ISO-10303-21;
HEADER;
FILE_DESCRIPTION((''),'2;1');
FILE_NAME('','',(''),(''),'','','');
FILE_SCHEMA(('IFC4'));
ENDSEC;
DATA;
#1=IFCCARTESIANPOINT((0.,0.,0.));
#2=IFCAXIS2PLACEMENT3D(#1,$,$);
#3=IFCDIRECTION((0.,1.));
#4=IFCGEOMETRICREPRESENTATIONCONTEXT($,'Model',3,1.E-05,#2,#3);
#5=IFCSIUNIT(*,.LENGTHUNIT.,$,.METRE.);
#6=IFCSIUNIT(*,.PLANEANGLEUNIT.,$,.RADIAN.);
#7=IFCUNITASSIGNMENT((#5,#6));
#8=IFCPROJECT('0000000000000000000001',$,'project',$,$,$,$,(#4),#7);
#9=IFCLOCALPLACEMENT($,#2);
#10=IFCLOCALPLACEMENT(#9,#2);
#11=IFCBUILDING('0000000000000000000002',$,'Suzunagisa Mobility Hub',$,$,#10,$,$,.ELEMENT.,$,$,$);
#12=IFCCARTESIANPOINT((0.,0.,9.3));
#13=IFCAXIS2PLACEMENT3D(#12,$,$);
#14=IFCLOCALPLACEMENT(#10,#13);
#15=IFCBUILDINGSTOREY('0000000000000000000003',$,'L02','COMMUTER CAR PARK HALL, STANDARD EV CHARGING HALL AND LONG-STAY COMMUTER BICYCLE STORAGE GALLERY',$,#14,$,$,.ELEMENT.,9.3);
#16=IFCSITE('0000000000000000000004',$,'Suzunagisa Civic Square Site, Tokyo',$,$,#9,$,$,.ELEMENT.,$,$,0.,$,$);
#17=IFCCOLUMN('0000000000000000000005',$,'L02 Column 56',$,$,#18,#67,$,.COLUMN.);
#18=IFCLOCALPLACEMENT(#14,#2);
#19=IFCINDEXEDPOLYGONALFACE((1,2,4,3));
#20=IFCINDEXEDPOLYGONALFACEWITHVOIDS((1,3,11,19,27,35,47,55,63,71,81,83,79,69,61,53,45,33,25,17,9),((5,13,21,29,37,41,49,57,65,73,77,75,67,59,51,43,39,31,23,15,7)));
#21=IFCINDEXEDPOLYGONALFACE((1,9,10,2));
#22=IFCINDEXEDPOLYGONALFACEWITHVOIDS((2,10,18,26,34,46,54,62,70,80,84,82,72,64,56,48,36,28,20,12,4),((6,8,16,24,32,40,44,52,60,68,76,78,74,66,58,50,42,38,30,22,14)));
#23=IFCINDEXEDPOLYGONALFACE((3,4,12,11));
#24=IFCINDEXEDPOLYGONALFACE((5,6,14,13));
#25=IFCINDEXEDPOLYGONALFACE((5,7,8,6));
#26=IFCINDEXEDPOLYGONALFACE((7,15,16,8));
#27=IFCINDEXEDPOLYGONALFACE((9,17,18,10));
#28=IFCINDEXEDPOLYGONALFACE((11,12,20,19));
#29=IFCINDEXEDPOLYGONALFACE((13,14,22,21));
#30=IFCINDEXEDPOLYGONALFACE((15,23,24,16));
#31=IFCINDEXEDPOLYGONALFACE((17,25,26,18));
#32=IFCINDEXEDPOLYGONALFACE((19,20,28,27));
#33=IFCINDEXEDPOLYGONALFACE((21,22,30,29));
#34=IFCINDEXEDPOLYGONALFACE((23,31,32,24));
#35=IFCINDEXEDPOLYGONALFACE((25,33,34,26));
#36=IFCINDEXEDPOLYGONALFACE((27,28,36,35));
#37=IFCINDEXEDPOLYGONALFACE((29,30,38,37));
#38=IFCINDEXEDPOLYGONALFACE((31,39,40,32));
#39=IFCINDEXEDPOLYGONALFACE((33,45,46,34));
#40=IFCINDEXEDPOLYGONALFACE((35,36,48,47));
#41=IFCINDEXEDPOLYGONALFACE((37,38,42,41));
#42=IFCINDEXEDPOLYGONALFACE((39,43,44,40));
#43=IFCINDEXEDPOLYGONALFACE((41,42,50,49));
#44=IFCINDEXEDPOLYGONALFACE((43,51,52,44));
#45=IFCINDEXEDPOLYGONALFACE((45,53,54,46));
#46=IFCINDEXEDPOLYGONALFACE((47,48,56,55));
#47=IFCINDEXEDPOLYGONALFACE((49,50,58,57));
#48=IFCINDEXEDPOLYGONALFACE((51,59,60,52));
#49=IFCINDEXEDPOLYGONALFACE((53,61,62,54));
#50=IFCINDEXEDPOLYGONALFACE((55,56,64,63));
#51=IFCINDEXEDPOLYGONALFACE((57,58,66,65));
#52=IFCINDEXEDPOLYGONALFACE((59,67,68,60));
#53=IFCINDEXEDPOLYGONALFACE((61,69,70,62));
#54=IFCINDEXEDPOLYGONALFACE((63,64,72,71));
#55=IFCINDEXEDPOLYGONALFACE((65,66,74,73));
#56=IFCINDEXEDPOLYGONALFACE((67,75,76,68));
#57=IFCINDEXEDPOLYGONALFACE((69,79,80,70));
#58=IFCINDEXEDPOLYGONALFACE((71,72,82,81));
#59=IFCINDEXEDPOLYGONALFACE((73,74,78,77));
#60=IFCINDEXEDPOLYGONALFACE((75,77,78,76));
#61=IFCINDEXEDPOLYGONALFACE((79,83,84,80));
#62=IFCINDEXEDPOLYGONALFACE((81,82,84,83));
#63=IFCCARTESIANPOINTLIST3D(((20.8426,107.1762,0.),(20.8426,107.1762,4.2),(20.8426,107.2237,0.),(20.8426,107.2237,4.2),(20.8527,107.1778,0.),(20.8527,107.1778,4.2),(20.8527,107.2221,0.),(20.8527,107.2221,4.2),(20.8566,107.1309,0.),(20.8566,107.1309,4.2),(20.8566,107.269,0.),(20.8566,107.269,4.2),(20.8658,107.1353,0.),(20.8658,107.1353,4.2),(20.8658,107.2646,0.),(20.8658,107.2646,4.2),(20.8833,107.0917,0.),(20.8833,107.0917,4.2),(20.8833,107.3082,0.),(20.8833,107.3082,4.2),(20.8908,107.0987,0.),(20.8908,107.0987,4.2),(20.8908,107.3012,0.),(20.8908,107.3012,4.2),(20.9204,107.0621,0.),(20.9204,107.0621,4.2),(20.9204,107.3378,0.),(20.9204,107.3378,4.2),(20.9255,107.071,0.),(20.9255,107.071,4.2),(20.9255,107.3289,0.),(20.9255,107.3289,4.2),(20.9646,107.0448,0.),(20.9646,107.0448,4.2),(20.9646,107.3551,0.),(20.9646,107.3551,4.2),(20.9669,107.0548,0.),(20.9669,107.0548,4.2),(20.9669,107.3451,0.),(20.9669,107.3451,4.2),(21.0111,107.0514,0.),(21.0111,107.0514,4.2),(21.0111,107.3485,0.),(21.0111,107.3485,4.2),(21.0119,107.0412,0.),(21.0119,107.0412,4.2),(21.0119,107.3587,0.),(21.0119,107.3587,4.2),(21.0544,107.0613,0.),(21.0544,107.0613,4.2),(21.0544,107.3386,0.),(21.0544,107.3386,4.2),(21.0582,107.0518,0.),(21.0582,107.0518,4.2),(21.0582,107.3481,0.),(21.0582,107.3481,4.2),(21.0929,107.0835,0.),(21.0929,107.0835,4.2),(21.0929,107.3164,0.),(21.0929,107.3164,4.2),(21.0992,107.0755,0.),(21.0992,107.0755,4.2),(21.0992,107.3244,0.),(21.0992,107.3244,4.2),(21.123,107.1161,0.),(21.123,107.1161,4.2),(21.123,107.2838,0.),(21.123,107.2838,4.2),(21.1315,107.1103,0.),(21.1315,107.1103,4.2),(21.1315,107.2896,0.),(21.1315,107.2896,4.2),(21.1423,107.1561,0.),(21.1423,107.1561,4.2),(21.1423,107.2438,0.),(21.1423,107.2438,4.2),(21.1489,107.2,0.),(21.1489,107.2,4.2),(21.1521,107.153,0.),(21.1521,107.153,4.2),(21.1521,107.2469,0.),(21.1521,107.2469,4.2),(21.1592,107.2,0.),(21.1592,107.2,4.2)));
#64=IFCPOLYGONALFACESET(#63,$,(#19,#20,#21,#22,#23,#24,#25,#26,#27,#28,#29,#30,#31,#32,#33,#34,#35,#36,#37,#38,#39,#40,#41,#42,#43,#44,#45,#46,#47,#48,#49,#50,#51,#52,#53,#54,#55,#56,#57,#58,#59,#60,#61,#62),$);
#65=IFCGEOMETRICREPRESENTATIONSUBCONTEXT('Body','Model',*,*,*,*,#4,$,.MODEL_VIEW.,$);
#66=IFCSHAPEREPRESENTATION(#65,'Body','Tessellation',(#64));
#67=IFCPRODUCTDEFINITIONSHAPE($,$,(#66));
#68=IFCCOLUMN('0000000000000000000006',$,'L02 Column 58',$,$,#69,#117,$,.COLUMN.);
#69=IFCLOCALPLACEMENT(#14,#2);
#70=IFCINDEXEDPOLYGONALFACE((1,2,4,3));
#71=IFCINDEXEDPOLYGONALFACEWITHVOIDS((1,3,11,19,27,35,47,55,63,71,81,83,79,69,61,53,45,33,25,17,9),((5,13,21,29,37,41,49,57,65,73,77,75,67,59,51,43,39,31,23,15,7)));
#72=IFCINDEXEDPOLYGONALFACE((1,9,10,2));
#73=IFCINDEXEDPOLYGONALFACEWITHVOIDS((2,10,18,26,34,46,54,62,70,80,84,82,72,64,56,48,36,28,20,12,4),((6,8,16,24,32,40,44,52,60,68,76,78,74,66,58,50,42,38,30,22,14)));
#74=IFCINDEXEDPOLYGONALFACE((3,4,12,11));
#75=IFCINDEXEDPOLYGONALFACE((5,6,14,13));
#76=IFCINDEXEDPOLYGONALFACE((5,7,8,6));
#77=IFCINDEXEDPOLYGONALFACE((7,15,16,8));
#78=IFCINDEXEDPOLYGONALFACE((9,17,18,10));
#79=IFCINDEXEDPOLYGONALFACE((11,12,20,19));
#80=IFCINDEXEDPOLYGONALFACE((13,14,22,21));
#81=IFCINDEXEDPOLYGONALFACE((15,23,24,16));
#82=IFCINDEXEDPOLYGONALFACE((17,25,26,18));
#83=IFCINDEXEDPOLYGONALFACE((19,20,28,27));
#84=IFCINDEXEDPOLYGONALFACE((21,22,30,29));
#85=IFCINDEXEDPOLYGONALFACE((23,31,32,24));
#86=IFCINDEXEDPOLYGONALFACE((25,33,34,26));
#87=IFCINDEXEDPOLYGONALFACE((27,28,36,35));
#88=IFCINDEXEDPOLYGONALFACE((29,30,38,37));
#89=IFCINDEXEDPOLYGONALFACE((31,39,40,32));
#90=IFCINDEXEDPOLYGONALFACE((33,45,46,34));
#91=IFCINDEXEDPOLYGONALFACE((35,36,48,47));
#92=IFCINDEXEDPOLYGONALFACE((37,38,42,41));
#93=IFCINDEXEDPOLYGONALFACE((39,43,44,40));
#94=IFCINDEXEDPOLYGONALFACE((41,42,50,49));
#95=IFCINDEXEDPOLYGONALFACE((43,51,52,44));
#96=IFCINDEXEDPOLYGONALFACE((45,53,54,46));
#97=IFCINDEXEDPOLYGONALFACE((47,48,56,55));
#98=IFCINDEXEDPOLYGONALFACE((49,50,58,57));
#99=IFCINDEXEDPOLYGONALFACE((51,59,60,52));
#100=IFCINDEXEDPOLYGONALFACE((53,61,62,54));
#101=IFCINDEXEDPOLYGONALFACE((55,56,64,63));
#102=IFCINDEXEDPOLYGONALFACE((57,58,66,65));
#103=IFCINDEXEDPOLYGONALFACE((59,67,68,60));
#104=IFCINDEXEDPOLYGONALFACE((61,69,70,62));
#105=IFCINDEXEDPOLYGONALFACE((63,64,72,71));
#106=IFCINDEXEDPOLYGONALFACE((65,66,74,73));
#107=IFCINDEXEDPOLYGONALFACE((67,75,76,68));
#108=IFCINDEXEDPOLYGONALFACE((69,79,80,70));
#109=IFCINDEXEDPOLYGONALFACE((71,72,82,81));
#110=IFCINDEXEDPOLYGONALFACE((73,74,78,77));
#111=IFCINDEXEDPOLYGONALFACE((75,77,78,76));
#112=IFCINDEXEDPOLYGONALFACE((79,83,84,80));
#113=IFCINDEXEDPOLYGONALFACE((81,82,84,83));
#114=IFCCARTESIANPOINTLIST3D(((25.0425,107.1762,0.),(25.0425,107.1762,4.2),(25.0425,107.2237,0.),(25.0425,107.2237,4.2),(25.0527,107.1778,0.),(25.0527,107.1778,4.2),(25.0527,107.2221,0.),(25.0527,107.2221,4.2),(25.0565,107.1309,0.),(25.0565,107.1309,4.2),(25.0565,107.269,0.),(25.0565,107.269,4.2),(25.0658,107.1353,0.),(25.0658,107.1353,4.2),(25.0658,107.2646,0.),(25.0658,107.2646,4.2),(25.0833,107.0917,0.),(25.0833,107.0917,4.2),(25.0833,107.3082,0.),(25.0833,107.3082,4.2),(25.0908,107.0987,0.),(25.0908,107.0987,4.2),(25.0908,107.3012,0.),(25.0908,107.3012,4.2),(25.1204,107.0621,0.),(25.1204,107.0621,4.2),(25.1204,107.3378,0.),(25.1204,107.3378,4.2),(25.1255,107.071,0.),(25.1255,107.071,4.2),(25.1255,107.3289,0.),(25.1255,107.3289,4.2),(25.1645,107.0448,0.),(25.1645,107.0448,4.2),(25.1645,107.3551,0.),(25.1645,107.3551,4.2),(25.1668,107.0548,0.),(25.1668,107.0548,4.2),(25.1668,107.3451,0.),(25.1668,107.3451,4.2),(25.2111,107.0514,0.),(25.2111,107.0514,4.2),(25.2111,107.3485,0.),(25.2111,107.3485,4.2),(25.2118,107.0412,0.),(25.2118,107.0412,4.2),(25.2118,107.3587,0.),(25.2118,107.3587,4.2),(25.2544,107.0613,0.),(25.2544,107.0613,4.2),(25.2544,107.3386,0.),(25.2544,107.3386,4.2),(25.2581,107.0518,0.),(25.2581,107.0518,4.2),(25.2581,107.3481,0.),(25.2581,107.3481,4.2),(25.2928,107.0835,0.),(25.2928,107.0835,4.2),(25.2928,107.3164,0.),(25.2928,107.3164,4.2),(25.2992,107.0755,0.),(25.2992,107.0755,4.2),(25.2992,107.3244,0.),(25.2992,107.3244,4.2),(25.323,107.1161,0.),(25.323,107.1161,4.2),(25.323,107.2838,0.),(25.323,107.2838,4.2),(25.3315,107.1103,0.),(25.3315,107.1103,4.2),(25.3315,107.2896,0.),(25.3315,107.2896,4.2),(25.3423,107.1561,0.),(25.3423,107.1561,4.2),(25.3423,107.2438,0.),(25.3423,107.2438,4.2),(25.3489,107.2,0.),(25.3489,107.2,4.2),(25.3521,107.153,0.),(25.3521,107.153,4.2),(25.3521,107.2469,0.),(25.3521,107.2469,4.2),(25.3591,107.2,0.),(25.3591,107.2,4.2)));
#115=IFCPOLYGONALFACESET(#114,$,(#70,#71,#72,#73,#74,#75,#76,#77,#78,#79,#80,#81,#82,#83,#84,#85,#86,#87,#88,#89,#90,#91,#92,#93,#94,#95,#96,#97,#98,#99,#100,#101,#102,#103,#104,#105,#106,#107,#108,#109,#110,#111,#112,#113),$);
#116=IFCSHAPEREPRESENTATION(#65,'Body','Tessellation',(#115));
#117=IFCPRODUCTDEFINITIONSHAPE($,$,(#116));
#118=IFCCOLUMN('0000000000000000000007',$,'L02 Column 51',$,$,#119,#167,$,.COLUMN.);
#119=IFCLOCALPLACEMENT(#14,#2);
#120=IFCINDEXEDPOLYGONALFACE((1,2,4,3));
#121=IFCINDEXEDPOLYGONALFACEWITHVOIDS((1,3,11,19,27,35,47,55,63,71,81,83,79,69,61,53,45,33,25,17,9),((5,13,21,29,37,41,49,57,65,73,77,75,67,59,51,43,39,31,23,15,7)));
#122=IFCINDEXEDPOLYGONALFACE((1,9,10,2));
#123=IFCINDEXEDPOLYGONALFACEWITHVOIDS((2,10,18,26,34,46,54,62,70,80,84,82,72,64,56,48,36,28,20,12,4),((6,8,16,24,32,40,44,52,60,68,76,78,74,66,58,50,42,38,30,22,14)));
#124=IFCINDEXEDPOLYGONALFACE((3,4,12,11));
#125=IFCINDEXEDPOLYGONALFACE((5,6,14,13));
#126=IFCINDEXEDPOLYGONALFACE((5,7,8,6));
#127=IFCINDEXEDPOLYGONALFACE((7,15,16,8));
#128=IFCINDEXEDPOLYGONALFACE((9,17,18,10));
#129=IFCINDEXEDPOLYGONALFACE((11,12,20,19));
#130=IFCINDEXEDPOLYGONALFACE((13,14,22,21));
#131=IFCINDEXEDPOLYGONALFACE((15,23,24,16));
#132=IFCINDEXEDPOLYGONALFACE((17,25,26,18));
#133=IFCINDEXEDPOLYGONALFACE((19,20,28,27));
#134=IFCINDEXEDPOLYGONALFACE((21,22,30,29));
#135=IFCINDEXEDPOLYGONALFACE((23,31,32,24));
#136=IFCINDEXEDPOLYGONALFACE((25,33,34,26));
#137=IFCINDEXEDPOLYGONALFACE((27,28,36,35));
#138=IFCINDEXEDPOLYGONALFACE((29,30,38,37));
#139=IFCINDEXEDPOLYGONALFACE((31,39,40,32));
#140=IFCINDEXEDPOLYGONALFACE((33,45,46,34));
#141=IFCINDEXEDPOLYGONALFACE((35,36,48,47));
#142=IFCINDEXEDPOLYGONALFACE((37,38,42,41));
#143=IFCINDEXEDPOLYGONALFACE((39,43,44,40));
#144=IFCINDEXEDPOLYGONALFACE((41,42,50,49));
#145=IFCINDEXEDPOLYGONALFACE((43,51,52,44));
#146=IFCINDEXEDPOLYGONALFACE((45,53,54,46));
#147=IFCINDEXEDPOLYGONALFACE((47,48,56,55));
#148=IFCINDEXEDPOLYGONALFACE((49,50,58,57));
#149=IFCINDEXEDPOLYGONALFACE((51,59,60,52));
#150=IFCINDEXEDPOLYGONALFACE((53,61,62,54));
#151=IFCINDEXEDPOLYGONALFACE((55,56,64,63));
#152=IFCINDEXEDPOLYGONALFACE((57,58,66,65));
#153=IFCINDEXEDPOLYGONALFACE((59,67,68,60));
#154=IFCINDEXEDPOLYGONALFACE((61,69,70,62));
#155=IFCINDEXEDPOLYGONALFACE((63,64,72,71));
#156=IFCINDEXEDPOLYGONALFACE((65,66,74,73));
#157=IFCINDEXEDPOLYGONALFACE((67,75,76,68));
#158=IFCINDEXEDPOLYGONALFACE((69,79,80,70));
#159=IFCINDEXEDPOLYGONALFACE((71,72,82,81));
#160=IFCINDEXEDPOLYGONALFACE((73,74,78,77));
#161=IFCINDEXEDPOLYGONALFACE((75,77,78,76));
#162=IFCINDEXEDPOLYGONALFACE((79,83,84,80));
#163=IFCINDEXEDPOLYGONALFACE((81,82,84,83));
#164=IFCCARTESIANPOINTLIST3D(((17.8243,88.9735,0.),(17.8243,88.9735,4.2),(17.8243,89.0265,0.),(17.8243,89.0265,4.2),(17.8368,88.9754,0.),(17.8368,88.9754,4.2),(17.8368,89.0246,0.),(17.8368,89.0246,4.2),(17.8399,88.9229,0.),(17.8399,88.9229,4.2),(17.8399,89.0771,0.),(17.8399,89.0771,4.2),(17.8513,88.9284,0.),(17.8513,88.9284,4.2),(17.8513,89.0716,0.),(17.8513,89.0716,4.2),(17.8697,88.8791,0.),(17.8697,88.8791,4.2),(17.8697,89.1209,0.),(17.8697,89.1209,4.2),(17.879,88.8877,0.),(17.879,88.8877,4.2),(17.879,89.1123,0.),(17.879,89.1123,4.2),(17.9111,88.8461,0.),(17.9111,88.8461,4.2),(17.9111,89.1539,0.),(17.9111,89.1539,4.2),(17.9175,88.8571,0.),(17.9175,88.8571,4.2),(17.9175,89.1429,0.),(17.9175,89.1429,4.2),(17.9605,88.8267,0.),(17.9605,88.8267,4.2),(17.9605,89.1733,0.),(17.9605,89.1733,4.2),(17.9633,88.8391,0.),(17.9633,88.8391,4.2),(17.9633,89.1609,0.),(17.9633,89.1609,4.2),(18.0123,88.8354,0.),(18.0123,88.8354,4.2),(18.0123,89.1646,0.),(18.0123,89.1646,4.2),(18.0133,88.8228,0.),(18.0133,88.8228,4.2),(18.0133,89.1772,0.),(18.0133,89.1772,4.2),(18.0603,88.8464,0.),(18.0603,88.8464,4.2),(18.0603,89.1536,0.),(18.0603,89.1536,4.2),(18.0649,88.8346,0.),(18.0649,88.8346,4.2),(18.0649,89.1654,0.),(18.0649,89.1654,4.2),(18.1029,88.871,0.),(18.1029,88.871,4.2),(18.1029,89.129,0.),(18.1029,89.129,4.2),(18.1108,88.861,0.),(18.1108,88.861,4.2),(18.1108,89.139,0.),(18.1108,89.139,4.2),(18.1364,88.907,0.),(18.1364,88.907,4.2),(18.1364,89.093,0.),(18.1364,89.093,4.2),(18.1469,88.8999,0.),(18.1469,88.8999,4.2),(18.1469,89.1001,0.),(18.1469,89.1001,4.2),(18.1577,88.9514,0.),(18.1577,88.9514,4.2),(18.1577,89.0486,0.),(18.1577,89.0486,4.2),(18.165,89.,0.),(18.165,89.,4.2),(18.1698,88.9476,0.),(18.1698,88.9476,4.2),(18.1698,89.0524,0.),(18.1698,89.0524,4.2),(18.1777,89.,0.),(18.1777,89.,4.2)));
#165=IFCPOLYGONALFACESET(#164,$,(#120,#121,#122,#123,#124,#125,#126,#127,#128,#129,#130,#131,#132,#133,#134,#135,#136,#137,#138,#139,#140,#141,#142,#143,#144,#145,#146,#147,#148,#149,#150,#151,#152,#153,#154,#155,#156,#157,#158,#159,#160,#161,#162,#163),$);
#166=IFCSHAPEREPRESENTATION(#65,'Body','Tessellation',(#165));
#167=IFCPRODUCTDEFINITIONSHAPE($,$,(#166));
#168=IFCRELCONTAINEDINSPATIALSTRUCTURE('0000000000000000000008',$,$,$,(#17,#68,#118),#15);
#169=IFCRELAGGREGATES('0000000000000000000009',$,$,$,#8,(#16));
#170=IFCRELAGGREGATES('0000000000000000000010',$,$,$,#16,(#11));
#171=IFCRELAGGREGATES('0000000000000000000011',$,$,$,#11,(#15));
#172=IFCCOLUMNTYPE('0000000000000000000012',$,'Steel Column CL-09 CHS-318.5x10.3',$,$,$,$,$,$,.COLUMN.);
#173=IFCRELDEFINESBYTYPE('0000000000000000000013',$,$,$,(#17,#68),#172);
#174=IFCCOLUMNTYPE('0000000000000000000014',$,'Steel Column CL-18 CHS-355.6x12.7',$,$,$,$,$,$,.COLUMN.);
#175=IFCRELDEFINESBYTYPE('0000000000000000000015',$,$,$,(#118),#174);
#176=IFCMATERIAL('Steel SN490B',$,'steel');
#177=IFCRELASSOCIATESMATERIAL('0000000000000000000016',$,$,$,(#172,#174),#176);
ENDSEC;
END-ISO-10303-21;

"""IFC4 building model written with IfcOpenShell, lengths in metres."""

from ifc_helpers import new_model, si_unit, direction, frame, origin, origin_2d, place, context, subcontext, project, spatial, hollow_circle, extrude, material, material_profile, profile_set, type_object, element, save


model = new_model("IFC4")

# Units and contexts
model_context = context("Model", 3, precision=1e-05, world=origin(), true_north=direction((0.0, 1.0)))
body_context = subcontext(model_context, "Body", "Model", "MODEL_VIEW")
ifc_project = project(units=[si_unit("LENGTHUNIT", "METRE"), si_unit("PLANEANGLEUNIT", "RADIAN")], contexts=[model_context])

# Site, building, storey
site_placement = place(None, origin())
site = spatial("IfcSite", under=ifc_project, at=site_placement, Name="Suzunagisa Civic Square Site, Tokyo", CompositionType="ELEMENT", RefElevation=0.0)
building_placement = place(site_placement, origin())
building = spatial("IfcBuilding", under=site, at=building_placement, Name="Suzunagisa Mobility Hub", CompositionType="ELEMENT")
storey_placement = place(building_placement, frame((0.0, 0.0, 9.3)))
storey = spatial("IfcBuildingStorey", under=building, at=storey_placement, Name="L02", Description="COMMUTER CAR PARK HALL, STANDARD EV CHARGING HALL AND LONG-STAY COMMUTER BICYCLE STORAGE GALLERY", CompositionType="ELEMENT", Elevation=9.3)

# Columns
ifc_material_1 = material(Name="Steel SN490B", Category="steel")
ifc_material_profile_1 = material_profile(ifc_material_1, hollow_circle(Radius=0.1592, WallThickness=0.0103, at=origin_2d()), Name="CHS-318.5x10.3")
ifc_profile_set_1 = profile_set([ifc_material_profile_1], Name="Steel SN490B")
column_type_1 = type_object("IfcColumnType", Name="Steel Column CL-09 CHS-318.5x10.3", PredefinedType="COLUMN", material=ifc_profile_set_1)
for number, where, z_axis, x_axis, name in (
    (1, (21.0, 107.2, 0.0), (0.0, 0.0, 1.0), (1.0, 0.0, 0.0), "L02 Column 56"),
    (2, (25.2, 107.2, 0.0), (0.0, 0.0, 1.0), (1.0, 0.0, 0.0), "L02 Column 58"),
):
    element("IfcColumn", number, at=place(storey_placement, frame(where, z_axis=z_axis, x_axis=x_axis)), inside=storey, type_object=column_type_1, Name=name, PredefinedType="COLUMN", context=body_context, shape_type="SweptSolid", body=[
        extrude(hollow_circle(Radius=0.1592, WallThickness=0.0103, at=origin_2d()), origin(), (0.0, 0.0, 1.0), 4.2),
    ])
ifc_material_profile_2 = material_profile(ifc_material_1, hollow_circle(Radius=0.1777, WallThickness=0.0127, at=origin_2d()), Name="CHS-355.6x12.7")
ifc_profile_set_2 = profile_set([ifc_material_profile_2], Name="Steel SN490B")
column_type_2 = type_object("IfcColumnType", Name="Steel Column CL-18 CHS-355.6x12.7", PredefinedType="COLUMN", material=ifc_profile_set_2)
for number, where, z_axis, x_axis, name in (
    (3, (18.0, 89.0, 0.0), (0.0, 0.0, 1.0), (1.0, 0.0, 0.0), "L02 Column 51"),
):
    element("IfcColumn", number, at=place(storey_placement, frame(where, z_axis=z_axis, x_axis=x_axis)), inside=storey, type_object=column_type_2, Name=name, PredefinedType="COLUMN", context=body_context, shape_type="SweptSolid", body=[
        extrude(hollow_circle(Radius=0.1777, WallThickness=0.0127, at=origin_2d()), origin(), (0.0, 0.0, 1.0), 4.2),
    ])

save(model, "model.ifc")
